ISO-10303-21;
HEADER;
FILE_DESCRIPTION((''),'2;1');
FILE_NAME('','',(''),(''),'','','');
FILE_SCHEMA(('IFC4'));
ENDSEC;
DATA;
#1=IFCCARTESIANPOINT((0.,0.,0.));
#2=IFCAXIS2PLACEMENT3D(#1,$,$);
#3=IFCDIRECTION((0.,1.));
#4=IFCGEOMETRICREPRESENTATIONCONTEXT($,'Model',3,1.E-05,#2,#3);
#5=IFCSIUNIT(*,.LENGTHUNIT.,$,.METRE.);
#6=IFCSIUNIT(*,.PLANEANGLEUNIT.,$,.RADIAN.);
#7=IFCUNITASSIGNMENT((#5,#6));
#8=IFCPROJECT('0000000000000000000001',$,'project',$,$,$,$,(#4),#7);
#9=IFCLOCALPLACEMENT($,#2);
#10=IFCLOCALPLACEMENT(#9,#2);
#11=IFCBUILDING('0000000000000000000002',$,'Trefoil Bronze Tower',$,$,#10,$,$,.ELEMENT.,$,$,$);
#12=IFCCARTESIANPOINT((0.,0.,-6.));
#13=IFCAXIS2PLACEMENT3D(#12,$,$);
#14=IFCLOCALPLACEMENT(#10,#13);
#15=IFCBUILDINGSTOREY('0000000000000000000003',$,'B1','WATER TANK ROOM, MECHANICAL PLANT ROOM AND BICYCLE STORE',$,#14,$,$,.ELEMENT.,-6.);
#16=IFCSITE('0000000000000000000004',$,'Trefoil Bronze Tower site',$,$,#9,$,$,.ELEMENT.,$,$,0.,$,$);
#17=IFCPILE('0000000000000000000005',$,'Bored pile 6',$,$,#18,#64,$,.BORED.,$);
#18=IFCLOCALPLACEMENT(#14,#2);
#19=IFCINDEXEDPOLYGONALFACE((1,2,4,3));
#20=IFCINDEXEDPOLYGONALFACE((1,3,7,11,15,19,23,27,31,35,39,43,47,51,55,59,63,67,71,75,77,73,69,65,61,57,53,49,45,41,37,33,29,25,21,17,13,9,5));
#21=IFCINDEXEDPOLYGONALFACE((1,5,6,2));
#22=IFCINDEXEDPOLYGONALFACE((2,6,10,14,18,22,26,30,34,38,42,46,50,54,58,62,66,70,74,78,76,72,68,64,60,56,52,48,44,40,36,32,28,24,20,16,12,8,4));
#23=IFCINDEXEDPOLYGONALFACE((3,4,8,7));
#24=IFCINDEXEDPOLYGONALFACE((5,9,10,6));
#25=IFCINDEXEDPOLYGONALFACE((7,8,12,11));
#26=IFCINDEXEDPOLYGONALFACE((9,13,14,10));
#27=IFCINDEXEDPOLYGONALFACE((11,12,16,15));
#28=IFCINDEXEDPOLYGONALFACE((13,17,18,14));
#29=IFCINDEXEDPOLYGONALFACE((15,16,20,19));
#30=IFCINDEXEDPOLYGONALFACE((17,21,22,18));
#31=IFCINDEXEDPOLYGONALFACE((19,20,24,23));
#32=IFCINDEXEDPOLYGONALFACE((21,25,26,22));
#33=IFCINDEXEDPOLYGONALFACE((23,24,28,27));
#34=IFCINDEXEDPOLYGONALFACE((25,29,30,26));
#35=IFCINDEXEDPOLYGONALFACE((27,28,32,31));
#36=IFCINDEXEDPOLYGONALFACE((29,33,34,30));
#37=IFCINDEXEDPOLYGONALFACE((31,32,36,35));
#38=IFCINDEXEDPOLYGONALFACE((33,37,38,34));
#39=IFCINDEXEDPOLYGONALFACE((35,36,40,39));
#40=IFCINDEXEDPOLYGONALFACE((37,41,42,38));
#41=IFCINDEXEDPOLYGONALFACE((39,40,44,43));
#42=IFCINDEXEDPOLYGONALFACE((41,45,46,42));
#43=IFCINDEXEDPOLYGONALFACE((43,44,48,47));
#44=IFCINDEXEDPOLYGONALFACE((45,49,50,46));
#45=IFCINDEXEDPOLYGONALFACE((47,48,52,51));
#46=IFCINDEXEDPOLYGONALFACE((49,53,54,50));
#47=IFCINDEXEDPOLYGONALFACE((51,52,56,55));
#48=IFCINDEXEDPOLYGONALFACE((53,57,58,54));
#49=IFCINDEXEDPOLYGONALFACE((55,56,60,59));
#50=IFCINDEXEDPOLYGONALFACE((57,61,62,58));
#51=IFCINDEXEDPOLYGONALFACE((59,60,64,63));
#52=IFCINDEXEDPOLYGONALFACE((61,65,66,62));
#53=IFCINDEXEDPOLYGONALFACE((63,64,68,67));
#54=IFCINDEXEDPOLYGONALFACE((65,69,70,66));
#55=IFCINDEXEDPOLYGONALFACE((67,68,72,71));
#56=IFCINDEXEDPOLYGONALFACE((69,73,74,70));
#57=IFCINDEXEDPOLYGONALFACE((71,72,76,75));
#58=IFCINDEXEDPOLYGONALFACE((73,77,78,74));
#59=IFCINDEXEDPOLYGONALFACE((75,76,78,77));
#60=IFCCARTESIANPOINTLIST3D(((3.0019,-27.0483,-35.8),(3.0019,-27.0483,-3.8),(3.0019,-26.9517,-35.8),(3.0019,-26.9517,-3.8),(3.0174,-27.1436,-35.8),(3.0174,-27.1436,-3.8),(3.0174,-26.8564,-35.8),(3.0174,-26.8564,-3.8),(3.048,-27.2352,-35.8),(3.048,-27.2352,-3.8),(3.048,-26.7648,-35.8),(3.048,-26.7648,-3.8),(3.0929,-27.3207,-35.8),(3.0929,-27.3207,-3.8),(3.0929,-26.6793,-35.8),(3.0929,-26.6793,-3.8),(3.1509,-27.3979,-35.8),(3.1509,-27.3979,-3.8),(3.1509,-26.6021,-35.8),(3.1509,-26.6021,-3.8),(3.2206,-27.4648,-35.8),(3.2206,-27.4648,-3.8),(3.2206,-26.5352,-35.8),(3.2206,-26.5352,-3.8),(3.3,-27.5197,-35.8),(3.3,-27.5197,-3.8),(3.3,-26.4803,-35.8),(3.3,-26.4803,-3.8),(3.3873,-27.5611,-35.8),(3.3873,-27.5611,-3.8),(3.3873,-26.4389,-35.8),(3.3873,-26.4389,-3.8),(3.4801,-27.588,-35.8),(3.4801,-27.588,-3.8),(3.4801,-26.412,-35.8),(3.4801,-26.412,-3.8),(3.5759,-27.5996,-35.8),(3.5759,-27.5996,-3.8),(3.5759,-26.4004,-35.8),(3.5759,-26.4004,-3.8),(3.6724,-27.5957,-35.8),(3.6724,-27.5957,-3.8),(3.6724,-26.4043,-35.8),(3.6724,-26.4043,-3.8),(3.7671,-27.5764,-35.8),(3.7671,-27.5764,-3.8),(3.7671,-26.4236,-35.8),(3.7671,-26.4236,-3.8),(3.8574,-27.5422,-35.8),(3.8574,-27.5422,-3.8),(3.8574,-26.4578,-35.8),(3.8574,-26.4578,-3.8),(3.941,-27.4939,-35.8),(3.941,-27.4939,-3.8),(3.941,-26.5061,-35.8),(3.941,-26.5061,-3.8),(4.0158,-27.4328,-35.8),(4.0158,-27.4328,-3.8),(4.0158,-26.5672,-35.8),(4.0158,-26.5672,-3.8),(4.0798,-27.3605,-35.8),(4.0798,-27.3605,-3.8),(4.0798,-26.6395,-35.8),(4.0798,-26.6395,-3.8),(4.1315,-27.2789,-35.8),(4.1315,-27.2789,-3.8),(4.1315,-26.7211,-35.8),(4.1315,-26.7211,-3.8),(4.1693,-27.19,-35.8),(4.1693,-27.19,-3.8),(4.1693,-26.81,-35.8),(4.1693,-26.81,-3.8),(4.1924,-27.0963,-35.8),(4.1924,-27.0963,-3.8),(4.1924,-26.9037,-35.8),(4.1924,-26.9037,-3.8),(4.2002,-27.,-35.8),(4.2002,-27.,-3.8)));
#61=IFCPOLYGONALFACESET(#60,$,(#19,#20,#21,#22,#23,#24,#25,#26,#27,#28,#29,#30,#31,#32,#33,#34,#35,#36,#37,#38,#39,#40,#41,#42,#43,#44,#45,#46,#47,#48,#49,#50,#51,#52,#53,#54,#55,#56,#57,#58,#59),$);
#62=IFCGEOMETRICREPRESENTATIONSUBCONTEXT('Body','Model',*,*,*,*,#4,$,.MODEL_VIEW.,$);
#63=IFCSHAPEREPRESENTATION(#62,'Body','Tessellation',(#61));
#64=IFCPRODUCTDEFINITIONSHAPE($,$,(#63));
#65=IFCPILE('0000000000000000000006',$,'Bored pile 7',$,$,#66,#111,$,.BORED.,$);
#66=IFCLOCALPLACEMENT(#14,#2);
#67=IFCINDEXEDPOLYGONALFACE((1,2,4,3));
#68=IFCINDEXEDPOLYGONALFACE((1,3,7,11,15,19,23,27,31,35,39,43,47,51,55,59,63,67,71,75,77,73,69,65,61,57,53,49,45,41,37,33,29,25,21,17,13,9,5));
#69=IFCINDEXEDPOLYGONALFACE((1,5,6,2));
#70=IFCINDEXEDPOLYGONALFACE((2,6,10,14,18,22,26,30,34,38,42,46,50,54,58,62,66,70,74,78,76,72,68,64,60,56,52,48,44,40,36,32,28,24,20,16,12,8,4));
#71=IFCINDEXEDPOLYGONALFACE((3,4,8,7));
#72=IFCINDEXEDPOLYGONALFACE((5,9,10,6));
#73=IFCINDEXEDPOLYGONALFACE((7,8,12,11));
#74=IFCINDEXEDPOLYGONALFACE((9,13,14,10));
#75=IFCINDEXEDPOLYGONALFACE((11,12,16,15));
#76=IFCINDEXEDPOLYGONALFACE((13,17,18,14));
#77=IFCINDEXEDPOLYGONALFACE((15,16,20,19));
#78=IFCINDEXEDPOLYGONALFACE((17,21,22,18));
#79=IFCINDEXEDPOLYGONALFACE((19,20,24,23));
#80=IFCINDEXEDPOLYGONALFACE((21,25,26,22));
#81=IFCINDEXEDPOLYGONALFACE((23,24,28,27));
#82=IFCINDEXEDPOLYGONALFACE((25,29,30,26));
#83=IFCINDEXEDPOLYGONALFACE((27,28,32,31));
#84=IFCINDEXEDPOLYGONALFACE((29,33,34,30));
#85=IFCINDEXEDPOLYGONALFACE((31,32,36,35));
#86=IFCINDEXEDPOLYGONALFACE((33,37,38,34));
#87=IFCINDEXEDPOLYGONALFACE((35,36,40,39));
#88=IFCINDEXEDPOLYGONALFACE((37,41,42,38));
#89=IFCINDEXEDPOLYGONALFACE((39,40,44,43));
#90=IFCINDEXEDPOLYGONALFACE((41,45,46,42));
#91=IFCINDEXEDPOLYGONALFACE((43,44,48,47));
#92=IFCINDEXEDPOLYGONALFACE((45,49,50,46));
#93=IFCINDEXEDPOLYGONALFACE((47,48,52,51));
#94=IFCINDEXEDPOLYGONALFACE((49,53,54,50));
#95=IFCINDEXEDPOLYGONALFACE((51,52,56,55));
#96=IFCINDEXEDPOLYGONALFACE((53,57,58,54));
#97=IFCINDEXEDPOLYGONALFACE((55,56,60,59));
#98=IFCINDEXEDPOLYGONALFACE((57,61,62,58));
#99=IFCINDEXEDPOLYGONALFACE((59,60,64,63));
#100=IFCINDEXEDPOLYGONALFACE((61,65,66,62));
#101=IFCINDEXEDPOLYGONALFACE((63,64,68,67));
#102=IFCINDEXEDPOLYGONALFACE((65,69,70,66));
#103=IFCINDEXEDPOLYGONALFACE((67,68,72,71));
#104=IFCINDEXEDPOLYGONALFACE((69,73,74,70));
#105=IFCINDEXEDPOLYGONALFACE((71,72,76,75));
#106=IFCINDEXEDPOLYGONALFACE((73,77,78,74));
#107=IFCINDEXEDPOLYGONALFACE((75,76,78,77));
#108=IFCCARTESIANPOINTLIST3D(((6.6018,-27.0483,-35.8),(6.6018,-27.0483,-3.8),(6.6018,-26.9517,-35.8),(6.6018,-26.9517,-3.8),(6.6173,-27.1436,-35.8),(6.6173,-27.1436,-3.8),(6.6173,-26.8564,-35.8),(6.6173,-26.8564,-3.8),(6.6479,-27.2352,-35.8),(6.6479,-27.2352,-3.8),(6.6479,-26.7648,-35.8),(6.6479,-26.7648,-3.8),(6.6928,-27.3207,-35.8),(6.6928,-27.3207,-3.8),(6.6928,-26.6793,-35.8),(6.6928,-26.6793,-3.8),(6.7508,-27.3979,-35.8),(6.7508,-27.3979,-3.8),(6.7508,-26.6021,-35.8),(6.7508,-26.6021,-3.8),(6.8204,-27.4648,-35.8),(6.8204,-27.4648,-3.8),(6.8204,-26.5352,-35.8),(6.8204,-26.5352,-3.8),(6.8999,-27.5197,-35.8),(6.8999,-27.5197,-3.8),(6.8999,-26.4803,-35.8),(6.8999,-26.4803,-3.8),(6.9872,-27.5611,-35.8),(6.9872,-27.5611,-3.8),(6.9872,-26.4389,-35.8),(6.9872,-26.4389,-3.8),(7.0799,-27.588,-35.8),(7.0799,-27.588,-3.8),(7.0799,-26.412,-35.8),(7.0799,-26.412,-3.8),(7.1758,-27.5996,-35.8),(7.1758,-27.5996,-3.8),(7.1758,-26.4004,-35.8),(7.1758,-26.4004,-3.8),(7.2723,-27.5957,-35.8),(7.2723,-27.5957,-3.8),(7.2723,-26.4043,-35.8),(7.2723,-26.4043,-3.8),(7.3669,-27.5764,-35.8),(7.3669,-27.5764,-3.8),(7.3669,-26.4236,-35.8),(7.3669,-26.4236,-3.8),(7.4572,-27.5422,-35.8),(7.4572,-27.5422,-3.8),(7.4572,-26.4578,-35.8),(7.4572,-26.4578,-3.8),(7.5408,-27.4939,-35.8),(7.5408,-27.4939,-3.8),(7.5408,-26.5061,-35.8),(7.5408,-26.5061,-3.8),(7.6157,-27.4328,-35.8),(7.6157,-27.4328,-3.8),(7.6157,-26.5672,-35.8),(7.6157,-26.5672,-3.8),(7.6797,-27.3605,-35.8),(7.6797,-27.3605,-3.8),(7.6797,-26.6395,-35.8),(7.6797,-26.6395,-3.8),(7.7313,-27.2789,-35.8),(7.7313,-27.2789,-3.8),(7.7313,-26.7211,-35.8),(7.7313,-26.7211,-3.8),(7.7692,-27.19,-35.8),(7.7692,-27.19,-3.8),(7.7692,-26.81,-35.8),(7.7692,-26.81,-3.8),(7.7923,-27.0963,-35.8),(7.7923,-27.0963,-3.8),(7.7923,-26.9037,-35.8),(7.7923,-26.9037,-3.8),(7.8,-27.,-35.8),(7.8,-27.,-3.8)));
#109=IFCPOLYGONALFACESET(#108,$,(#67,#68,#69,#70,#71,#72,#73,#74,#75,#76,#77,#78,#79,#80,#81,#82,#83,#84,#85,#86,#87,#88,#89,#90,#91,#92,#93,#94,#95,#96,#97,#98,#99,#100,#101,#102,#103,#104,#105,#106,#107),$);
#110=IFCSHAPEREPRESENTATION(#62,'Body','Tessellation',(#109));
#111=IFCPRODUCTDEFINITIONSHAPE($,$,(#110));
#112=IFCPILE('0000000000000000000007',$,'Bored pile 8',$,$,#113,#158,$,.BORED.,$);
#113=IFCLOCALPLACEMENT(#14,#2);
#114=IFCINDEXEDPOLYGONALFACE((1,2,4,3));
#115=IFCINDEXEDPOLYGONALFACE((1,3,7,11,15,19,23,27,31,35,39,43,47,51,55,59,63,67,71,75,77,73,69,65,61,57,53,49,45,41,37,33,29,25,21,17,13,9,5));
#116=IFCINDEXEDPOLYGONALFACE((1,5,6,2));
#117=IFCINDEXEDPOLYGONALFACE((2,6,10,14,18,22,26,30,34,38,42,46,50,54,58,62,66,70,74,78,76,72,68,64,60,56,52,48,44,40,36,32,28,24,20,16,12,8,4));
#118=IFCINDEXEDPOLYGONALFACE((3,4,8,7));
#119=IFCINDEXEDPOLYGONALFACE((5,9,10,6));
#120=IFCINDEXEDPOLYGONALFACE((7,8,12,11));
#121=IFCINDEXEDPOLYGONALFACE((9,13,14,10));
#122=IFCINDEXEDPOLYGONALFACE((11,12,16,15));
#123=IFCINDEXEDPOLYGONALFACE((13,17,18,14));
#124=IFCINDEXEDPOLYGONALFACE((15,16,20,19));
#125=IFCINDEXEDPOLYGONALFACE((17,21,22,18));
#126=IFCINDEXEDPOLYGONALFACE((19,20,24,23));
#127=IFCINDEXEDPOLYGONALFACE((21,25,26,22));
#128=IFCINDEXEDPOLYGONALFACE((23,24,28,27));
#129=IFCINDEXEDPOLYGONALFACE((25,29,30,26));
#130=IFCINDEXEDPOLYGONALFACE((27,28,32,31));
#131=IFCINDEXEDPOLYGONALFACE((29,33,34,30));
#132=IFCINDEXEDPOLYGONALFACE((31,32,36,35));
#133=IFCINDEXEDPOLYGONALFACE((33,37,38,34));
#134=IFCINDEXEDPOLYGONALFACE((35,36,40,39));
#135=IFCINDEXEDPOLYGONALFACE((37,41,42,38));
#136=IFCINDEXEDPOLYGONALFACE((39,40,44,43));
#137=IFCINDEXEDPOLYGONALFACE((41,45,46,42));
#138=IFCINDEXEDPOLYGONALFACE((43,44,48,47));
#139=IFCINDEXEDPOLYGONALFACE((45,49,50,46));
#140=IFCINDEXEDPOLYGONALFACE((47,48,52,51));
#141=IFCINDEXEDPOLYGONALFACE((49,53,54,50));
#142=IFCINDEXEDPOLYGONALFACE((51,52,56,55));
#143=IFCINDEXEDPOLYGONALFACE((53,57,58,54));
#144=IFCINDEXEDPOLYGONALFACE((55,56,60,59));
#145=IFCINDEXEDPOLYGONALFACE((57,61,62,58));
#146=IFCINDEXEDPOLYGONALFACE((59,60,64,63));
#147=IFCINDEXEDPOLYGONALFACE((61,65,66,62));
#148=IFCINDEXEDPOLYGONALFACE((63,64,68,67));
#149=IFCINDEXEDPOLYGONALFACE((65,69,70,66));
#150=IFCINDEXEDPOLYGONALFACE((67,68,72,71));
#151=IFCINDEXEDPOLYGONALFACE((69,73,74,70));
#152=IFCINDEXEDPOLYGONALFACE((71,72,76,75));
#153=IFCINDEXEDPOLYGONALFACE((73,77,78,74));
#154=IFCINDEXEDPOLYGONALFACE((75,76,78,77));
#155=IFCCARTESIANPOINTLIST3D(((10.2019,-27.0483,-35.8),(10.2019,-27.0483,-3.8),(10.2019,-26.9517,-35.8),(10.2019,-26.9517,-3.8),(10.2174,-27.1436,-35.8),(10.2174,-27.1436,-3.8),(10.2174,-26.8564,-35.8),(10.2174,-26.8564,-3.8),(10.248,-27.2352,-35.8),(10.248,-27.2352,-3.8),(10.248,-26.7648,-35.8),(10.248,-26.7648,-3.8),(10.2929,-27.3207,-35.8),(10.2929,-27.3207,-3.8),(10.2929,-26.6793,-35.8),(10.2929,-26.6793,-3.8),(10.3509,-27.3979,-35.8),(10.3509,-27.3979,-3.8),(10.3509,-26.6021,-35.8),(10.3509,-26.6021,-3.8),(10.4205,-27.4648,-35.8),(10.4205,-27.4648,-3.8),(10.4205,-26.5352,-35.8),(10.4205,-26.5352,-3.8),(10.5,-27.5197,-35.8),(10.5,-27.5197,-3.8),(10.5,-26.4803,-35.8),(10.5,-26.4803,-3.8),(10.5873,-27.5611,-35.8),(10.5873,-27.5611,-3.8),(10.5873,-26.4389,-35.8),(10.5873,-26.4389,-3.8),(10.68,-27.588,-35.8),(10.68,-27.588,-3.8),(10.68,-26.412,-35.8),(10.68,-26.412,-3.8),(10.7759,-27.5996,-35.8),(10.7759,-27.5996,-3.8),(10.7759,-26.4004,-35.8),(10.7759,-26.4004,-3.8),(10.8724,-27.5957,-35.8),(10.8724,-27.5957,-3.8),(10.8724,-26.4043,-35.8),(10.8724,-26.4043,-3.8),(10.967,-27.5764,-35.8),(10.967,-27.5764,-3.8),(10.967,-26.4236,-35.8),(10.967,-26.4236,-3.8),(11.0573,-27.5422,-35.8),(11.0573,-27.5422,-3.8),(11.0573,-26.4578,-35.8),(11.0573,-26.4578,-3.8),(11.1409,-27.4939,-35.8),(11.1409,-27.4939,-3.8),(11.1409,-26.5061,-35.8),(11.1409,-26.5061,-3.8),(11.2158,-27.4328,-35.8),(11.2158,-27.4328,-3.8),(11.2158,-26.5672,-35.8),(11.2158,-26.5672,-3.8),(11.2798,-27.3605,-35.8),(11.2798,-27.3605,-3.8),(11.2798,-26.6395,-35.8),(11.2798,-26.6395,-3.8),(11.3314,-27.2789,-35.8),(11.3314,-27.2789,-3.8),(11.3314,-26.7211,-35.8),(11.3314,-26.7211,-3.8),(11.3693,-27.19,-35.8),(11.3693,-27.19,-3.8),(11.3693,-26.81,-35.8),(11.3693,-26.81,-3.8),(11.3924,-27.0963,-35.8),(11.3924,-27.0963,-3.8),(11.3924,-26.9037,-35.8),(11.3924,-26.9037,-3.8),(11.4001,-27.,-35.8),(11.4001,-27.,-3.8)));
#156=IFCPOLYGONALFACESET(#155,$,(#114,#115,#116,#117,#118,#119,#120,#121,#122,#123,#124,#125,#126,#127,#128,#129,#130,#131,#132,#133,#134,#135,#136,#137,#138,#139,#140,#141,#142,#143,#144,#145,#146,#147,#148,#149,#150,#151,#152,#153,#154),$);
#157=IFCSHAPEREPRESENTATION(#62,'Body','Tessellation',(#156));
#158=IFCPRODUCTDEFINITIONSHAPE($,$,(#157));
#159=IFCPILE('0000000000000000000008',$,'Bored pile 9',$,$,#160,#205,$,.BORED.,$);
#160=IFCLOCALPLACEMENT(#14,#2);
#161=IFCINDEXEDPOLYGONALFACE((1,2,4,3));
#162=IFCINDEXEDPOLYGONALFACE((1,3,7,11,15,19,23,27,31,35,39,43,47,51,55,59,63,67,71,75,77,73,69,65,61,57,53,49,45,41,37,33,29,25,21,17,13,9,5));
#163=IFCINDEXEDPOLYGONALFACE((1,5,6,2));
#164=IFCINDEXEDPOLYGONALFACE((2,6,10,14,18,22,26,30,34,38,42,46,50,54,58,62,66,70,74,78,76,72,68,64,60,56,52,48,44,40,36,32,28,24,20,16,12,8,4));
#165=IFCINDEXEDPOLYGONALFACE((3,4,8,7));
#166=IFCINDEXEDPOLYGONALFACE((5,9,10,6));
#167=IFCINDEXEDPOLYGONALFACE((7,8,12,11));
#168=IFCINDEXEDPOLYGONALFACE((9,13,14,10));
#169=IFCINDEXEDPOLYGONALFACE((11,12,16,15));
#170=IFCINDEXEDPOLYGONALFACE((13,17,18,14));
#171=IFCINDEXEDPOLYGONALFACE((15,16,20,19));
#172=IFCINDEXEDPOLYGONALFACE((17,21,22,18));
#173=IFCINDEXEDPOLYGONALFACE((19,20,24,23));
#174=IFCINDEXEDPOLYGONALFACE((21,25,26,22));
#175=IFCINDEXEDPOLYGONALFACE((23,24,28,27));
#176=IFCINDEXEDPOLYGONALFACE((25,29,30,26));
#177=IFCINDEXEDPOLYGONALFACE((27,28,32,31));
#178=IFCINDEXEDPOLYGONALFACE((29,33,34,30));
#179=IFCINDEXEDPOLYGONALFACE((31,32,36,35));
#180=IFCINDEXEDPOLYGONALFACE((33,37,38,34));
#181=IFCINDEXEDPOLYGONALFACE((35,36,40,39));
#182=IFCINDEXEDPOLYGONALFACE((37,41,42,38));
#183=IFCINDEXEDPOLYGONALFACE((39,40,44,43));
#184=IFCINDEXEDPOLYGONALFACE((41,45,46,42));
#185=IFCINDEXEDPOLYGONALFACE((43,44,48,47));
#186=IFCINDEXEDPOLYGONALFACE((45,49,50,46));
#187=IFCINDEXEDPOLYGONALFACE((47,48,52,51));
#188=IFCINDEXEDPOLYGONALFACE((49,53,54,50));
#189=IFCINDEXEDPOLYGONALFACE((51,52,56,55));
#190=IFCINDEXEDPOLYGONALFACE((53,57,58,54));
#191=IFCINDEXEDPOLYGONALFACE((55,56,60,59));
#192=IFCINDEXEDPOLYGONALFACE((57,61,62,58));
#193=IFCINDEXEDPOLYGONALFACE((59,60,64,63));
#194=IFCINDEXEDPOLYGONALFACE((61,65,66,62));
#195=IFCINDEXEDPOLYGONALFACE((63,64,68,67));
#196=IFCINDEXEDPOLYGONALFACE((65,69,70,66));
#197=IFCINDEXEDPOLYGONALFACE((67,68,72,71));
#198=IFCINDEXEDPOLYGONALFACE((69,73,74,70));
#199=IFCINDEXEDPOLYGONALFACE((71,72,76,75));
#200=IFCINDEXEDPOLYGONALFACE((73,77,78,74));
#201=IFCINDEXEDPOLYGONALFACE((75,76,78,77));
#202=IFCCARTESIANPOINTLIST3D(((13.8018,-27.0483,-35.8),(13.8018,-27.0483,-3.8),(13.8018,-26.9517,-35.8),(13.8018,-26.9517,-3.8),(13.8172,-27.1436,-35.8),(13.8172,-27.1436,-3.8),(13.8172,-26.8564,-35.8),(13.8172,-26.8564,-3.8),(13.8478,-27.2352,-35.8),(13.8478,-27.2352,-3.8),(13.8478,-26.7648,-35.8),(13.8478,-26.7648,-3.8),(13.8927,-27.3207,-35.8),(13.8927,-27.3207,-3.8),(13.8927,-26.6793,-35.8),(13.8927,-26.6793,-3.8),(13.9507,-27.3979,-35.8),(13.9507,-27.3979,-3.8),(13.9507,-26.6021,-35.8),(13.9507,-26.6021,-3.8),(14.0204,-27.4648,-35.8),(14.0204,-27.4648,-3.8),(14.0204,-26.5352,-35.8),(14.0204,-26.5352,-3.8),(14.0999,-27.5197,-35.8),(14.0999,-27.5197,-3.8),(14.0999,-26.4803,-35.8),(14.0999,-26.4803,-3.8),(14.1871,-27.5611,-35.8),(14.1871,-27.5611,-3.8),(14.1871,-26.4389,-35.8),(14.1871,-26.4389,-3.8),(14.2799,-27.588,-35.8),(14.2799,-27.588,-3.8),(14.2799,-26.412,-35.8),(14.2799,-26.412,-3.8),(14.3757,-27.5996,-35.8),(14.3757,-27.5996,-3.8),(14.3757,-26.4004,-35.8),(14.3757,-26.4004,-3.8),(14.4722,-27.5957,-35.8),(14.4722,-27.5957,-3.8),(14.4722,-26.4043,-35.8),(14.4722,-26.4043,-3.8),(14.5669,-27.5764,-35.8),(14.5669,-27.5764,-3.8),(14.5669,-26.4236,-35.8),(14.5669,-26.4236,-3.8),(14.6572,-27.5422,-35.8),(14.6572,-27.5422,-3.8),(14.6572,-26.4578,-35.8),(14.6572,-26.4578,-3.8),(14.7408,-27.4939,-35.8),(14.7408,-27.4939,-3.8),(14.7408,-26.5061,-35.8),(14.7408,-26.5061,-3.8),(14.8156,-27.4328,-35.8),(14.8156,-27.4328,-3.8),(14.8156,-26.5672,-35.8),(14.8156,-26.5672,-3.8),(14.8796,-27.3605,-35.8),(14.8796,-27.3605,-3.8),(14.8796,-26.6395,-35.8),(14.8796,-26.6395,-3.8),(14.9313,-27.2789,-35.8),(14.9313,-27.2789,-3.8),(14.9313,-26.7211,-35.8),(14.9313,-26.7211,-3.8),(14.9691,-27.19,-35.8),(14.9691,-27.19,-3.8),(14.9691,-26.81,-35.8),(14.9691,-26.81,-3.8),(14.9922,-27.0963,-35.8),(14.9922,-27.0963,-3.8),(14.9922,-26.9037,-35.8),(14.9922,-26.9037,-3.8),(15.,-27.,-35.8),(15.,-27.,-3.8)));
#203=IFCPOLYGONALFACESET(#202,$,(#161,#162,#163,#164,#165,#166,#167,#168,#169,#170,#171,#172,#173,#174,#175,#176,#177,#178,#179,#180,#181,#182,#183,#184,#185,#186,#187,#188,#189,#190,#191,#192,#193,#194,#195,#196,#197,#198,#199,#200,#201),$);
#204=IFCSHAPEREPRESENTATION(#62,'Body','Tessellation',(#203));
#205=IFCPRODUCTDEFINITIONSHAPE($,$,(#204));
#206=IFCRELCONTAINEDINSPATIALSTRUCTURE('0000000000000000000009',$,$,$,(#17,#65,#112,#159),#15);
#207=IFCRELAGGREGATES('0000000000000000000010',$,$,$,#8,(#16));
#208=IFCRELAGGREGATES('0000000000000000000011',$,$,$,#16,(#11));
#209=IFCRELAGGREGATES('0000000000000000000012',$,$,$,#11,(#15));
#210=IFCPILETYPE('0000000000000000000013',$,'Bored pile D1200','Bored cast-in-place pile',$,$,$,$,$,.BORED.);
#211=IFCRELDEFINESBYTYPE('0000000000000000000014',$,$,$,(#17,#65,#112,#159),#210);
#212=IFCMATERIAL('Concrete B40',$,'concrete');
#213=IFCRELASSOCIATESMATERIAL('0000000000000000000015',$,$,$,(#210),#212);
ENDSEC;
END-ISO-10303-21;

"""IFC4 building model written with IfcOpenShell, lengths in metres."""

from ifc_helpers import new_model, si_unit, direction, frame, origin, origin_2d, place, context, subcontext, project, spatial, circle, extrude, material, type_object, element, save


model = new_model("IFC4")

# Units and contexts
model_context = context("Model", 3, precision=1e-05, world=origin(), true_north=direction((0.0, 1.0)))
body_context = subcontext(model_context, "Body", "Model", "MODEL_VIEW")
ifc_project = project(units=[si_unit("LENGTHUNIT", "METRE"), si_unit("PLANEANGLEUNIT", "RADIAN")], contexts=[model_context])

# Site, building, storey
site_placement = place(None, origin())
site = spatial("IfcSite", under=ifc_project, at=site_placement, Name="Trefoil Bronze Tower site", CompositionType="ELEMENT", RefElevation=0.0)
building_placement = place(site_placement, origin())
building = spatial("IfcBuilding", under=site, at=building_placement, Name="Trefoil Bronze Tower", CompositionType="ELEMENT")
storey_placement = place(building_placement, frame((0.0, 0.0, -6.0)))
storey = spatial("IfcBuildingStorey", under=building, at=storey_placement, Name="B1", Description="WATER TANK ROOM, MECHANICAL PLANT ROOM AND BICYCLE STORE", CompositionType="ELEMENT", Elevation=-6.0)

# Piles
ifc_material_1 = material(Name="Concrete B40", Category="concrete")
pile_type = type_object("IfcPileType", Name="Bored pile D1200", Description="Bored cast-in-place pile", PredefinedType="BORED", material=ifc_material_1)
for number, where, z_axis, x_axis, name in (
    (1, (3.6001, -27.0, -3.8), (0.0, 0.0, -1.0), (1.0, 0.0, 0.0), "Bored pile 6"),
    (2, (7.2, -27.0, -3.8), (0.0, 0.0, -1.0), (1.0, 0.0, 0.0), "Bored pile 7"),
    (3, (10.8, -27.0, -3.8), (0.0, 0.0, -1.0), (1.0, 0.0, 0.0), "Bored pile 8"),
    (4, (14.3999, -27.0, -3.8), (0.0, 0.0, -1.0), (1.0, 0.0, 0.0), "Bored pile 9"),
):
    element("IfcPile", number, at=place(storey_placement, frame(where, z_axis=z_axis, x_axis=x_axis)), inside=storey, type_object=pile_type, Name=name, PredefinedType="BORED", context=body_context, shape_type="SweptSolid", body=[
        extrude(circle(Radius=0.6001, at=origin_2d()), origin(), (0.0, 0.0, 1.0), 32.0),
    ])

save(model, "model.ifc")
